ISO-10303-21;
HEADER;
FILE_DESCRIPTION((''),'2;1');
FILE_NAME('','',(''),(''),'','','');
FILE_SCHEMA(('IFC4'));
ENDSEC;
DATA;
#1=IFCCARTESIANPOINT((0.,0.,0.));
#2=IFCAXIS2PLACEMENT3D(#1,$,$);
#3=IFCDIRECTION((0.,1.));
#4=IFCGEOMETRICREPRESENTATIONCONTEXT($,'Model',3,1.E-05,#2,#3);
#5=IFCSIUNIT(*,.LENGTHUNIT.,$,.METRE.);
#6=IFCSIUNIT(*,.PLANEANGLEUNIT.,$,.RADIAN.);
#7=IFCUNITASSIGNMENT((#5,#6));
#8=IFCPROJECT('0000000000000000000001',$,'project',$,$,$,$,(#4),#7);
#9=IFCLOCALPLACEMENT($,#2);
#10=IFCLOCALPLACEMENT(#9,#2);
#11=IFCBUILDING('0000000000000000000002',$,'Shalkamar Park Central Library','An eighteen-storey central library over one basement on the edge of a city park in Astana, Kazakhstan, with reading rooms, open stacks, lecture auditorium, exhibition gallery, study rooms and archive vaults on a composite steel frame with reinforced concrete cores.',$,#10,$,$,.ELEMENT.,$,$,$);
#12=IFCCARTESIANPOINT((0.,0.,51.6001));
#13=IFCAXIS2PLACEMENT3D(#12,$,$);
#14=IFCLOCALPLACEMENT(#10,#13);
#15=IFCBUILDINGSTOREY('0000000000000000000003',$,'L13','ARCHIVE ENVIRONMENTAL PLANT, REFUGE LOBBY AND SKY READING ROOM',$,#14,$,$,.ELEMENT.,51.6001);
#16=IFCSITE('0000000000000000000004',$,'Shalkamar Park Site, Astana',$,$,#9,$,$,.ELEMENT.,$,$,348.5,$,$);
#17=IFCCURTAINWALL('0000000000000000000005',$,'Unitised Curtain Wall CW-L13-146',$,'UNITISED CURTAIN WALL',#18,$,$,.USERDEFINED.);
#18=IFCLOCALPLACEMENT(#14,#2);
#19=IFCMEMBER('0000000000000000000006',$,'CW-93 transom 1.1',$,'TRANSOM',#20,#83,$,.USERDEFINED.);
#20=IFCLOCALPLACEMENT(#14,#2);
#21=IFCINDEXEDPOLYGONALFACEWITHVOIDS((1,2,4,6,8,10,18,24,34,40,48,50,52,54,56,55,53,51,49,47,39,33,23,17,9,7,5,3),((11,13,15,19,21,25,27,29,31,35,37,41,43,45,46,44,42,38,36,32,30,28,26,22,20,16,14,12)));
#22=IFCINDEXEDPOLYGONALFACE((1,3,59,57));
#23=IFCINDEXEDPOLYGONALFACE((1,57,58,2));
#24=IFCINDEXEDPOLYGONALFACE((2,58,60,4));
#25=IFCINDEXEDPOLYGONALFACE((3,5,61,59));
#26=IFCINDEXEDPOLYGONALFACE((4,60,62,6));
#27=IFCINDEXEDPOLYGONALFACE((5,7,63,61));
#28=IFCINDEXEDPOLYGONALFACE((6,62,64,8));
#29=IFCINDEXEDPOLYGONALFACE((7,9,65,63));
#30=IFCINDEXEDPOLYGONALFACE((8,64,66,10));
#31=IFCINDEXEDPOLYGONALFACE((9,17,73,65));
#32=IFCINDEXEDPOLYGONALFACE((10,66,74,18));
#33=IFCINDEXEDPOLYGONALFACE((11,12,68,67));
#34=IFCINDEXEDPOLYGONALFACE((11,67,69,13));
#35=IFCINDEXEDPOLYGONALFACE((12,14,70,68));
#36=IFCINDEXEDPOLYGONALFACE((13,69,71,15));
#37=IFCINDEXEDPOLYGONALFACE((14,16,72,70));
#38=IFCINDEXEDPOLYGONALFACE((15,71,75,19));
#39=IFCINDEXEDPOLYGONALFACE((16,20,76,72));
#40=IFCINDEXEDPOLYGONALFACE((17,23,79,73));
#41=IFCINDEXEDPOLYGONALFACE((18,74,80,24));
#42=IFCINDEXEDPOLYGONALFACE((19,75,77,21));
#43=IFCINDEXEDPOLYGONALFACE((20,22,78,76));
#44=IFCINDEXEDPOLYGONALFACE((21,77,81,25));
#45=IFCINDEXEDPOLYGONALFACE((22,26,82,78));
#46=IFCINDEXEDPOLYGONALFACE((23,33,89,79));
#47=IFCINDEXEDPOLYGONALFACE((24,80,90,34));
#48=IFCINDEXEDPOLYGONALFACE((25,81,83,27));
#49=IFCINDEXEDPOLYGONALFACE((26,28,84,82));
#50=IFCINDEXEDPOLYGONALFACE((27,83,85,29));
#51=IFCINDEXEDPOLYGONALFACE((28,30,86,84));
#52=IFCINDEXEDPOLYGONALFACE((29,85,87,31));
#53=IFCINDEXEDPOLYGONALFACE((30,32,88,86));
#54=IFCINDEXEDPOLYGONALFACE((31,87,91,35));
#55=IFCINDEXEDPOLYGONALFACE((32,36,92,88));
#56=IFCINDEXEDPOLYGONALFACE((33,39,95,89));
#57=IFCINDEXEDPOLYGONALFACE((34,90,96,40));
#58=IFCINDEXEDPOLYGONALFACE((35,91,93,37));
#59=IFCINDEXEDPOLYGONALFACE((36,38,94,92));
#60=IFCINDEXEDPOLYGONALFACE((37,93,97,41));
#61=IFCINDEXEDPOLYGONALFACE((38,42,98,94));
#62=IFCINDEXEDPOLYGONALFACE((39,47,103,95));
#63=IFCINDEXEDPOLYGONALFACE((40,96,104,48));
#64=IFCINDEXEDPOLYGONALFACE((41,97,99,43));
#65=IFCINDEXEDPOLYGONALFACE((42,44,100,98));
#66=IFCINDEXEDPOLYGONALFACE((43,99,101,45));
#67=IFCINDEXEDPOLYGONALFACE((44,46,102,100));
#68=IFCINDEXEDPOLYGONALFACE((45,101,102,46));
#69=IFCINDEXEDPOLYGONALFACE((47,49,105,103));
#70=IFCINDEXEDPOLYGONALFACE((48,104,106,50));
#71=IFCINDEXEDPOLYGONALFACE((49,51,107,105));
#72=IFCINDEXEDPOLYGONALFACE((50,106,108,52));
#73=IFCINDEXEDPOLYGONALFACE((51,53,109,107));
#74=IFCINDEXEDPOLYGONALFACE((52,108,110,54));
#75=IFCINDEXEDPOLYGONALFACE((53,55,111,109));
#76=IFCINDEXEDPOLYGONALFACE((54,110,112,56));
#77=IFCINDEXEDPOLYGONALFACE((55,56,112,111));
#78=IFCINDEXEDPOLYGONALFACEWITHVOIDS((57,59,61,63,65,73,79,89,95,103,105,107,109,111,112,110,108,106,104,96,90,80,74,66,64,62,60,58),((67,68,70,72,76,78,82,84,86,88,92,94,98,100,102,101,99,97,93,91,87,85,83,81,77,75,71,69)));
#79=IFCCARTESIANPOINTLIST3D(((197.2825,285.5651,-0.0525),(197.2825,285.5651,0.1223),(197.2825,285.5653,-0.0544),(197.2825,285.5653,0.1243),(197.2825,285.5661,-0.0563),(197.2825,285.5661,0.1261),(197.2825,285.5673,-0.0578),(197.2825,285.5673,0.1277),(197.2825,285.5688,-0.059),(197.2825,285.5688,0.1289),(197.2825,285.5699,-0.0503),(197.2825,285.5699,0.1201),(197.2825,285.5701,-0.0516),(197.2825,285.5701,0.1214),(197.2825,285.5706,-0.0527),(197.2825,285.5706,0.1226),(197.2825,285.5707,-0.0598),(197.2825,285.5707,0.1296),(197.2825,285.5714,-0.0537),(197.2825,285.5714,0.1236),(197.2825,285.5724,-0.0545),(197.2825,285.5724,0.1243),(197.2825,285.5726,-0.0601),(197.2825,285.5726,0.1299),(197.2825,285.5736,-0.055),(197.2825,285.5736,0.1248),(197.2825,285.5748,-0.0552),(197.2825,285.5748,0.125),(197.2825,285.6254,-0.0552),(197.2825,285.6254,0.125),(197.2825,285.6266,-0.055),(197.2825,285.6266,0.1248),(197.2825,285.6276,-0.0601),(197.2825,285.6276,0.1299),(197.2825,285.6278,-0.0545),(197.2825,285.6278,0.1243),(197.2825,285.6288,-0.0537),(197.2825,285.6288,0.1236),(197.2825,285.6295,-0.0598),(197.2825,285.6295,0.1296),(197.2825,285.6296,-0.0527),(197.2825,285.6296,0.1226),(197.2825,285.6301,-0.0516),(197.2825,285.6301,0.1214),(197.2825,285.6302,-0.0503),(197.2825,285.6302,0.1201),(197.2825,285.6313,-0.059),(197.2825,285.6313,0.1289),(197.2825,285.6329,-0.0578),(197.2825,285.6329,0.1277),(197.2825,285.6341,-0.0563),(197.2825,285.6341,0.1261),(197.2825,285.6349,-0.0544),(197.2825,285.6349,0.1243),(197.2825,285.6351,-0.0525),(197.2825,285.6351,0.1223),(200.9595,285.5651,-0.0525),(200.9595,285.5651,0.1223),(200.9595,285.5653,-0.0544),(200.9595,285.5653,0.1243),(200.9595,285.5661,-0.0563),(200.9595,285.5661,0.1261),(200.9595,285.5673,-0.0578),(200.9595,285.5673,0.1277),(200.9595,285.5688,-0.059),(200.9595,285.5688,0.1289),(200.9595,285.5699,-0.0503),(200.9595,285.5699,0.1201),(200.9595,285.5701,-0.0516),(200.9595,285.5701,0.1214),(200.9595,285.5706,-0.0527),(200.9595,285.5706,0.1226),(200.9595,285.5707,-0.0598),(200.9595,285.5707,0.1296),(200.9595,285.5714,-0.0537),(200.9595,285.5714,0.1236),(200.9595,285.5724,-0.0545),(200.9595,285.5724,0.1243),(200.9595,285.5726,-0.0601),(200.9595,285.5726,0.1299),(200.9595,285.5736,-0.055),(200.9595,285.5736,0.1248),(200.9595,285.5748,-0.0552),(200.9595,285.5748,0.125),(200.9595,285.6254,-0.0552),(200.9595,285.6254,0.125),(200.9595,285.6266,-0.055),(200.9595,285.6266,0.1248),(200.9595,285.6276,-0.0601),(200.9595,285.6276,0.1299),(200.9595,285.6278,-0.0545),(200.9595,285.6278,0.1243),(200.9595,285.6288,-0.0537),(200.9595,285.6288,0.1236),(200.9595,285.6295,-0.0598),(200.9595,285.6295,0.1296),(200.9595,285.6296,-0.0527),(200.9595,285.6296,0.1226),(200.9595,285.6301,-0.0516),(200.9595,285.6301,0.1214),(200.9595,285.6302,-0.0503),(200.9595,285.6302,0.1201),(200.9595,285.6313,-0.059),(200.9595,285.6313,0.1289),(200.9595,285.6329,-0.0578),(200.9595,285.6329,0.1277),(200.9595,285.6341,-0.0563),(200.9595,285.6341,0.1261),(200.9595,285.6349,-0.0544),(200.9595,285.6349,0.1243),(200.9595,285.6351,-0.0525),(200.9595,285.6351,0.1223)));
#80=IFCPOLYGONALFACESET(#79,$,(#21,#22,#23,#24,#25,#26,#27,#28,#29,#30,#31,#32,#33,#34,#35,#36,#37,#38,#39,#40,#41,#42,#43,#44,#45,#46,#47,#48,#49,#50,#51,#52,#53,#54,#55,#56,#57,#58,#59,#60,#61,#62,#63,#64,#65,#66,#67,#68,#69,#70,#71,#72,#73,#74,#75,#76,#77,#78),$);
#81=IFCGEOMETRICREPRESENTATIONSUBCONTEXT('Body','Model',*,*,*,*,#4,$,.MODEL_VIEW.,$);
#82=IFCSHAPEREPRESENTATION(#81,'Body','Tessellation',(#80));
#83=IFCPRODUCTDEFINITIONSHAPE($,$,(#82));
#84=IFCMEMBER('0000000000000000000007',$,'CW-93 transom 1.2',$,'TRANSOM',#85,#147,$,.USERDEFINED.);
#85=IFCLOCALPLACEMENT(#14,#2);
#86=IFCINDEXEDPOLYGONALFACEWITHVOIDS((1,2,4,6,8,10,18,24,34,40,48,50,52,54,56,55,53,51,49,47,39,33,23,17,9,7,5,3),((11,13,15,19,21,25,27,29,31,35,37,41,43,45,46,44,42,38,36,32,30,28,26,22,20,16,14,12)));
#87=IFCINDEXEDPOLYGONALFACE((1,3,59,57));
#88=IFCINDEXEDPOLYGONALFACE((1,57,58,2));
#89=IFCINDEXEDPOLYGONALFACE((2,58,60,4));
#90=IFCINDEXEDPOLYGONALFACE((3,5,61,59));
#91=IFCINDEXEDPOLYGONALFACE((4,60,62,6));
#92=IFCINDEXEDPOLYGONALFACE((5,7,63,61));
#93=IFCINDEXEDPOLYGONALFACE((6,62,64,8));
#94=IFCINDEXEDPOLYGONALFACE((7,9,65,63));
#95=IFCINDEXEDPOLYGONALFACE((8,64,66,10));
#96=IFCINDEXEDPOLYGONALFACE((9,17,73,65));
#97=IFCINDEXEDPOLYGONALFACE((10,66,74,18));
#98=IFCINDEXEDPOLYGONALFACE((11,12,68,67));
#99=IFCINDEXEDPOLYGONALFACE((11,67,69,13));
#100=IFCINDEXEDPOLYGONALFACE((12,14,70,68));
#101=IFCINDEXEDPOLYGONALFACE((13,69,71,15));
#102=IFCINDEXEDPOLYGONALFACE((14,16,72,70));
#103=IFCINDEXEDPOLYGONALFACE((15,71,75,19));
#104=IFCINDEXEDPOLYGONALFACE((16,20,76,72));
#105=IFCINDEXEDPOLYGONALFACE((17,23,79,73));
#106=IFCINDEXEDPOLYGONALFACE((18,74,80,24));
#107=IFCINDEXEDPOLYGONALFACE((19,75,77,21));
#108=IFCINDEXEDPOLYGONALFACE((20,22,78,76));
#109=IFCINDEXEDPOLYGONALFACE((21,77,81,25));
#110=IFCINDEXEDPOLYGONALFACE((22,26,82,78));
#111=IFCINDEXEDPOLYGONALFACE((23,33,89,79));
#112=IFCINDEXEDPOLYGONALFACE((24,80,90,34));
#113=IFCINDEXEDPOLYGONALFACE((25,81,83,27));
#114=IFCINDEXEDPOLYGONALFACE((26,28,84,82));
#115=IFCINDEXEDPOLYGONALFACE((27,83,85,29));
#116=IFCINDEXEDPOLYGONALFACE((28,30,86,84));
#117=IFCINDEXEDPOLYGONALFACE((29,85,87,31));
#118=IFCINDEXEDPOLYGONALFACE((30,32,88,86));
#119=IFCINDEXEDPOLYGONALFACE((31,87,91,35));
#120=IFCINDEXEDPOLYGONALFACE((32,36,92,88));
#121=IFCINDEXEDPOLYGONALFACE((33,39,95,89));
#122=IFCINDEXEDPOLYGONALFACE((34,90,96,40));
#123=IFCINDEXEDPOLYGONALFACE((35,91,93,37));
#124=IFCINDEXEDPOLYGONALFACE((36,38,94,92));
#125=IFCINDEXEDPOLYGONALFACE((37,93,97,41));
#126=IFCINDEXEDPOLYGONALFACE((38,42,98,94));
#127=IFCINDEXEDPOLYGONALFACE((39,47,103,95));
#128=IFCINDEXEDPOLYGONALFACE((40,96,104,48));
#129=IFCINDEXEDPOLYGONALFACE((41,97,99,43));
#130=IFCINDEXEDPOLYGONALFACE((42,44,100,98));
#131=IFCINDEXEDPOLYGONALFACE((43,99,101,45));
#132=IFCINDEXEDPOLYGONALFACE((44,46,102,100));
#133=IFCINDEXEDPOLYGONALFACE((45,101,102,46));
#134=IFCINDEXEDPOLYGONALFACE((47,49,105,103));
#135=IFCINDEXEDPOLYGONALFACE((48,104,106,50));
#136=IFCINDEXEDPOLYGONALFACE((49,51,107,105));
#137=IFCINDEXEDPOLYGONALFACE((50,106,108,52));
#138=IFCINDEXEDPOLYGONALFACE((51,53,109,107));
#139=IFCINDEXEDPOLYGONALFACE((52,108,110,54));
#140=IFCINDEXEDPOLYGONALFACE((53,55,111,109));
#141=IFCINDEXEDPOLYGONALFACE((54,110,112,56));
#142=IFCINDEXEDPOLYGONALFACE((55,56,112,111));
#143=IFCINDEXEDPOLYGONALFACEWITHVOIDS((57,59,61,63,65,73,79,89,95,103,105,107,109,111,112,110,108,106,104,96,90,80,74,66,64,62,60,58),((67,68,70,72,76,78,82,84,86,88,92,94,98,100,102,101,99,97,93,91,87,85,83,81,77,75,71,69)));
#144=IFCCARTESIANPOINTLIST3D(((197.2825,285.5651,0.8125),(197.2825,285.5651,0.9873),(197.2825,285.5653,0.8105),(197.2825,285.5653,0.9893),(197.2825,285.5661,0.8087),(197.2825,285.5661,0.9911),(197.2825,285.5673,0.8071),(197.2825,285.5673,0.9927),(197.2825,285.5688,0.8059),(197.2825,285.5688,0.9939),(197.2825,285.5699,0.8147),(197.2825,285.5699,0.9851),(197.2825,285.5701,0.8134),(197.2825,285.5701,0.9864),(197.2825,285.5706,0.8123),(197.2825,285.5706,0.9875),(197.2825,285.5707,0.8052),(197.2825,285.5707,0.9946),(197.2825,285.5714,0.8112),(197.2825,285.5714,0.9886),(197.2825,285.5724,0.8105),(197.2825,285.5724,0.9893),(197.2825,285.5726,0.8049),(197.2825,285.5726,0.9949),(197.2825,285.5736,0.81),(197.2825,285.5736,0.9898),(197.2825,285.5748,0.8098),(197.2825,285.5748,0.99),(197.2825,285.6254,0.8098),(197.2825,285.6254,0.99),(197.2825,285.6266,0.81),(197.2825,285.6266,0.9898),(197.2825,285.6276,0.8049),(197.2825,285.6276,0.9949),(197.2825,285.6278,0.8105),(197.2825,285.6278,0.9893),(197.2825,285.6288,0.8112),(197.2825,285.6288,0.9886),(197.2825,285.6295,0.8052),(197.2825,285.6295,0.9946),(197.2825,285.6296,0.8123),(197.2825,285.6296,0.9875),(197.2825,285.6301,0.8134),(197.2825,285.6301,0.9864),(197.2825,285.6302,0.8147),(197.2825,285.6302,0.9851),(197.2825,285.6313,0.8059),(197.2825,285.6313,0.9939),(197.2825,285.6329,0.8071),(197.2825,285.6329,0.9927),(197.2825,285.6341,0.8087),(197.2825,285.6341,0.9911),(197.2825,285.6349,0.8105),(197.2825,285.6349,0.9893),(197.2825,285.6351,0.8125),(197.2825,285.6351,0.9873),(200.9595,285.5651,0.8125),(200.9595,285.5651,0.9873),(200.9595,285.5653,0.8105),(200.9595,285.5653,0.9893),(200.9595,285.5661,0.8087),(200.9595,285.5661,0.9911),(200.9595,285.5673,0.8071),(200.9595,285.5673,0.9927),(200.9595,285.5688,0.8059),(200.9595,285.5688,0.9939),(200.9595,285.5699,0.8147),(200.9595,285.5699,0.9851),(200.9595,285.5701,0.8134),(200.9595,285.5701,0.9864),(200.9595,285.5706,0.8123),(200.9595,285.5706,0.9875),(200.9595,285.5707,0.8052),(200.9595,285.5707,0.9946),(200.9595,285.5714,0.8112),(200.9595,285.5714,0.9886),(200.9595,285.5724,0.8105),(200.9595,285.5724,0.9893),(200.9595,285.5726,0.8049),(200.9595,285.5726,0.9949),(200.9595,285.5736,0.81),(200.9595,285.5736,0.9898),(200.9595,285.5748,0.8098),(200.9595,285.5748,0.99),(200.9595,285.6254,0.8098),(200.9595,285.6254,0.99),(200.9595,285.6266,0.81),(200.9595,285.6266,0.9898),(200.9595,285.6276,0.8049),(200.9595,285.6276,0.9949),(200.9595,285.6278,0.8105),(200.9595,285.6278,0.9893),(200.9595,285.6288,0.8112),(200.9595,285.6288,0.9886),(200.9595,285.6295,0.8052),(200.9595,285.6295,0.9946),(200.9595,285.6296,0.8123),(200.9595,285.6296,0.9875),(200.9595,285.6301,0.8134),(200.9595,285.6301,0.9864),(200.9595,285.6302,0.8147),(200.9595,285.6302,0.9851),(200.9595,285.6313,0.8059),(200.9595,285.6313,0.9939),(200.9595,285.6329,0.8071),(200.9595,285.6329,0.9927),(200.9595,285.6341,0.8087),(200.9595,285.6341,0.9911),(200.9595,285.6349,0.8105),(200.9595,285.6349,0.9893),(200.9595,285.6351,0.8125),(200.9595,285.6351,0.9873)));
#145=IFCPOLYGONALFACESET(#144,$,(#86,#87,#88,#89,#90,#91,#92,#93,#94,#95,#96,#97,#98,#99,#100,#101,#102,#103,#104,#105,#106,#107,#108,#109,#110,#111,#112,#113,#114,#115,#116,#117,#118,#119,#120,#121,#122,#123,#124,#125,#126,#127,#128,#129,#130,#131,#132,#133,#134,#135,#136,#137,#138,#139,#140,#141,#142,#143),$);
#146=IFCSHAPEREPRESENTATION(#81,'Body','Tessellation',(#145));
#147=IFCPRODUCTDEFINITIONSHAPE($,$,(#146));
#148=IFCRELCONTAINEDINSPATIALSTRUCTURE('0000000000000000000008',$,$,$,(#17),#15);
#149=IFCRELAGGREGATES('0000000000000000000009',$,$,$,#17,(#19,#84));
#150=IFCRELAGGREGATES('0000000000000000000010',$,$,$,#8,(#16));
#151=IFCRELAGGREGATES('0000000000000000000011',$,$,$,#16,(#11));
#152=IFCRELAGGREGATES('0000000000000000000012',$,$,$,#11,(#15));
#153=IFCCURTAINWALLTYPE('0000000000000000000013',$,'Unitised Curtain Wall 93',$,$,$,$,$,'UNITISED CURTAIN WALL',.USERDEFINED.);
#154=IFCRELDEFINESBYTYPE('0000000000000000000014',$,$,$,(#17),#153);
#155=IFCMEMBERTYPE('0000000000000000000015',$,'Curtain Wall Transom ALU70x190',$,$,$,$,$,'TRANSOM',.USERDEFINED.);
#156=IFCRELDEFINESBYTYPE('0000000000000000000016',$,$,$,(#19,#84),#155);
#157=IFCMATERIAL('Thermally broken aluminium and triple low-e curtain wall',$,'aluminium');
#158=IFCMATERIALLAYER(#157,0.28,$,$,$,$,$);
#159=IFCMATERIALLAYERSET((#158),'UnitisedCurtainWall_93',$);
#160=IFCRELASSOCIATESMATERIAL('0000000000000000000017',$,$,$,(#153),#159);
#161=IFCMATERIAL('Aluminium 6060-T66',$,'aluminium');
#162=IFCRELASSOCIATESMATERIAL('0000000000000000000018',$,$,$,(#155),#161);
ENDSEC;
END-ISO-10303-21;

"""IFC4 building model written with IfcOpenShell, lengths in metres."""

from ifc_helpers import new_model, si_unit, direction, frame, origin, origin_2d, place, context, subcontext, project, spatial, hollow_rectangle, extrude, material, layer, layer_set, material_profile, profile_set, type_object, element, aggregate, save


model = new_model("IFC4")

# Units and contexts
model_context = context("Model", 3, precision=1e-05, world=origin(), true_north=direction((0.0, 1.0)))
body_context = subcontext(model_context, "Body", "Model", "MODEL_VIEW")
ifc_project = project(units=[si_unit("LENGTHUNIT", "METRE"), si_unit("PLANEANGLEUNIT", "RADIAN")], contexts=[model_context])

# Site, building, storey
site_placement = place(None, origin())
site = spatial("IfcSite", under=ifc_project, at=site_placement, Name="Shalkamar Park Site, Astana", CompositionType="ELEMENT", RefElevation=348.5)
building_placement = place(site_placement, origin())
building = spatial("IfcBuilding", under=site, at=building_placement, Name="Shalkamar Park Central Library", Description="An eighteen-storey central library over one basement on the edge of a city park in Astana, Kazakhstan, with reading rooms, open stacks, lecture auditorium, exhibition gallery, study rooms and archive vaults on a composite steel frame with reinforced concrete cores.", CompositionType="ELEMENT")
storey_placement = place(building_placement, frame((0.0, 0.0, 51.6001)))
storey = spatial("IfcBuildingStorey", under=building, at=storey_placement, Name="L13", Description="ARCHIVE ENVIRONMENTAL PLANT, REFUGE LOBBY AND SKY READING ROOM", CompositionType="ELEMENT", Elevation=51.6001)

# Shared definitions
ifc_material_1 = material(Name="Thermally broken aluminium and triple low-e curtain wall", Category="aluminium")
ifc_material_2 = material(Name="Aluminium 6060-T66", Category="aluminium")

# Curtain wall
ifc_layer_1 = layer(ifc_material_1, 0.28)
ifc_layer_set_1 = layer_set([ifc_layer_1], Name="UnitisedCurtainWall_93")
curtain_wall_type_1 = type_object("IfcCurtainWallType", Name="Unitised Curtain Wall 93", ElementType="UNITISED CURTAIN WALL", PredefinedType="USERDEFINED", material=ifc_layer_set_1)
curtain_wall_1_placement = place(storey_placement, origin())
curtain_wall_1 = element("IfcCurtainWall", 1, at=curtain_wall_1_placement, inside=storey, type_object=curtain_wall_type_1, Name="Unitised Curtain Wall CW-L13-146", ObjectType="UNITISED CURTAIN WALL", PredefinedType="USERDEFINED")

# Members
ifc_material_profile_1 = material_profile(ifc_material_2, hollow_rectangle(XDim=0.0701, YDim=0.1899, WallThickness=0.0049, InnerFilletRadius=0.0049, OuterFilletRadius=0.0076, at=origin_2d()), Name="ALU 70x190x5")
ifc_profile_set_1 = profile_set([ifc_material_profile_1], Name="Aluminium 6060-T66")
member_type_1 = type_object("IfcMemberType", Name="Curtain Wall Transom ALU70x190", ElementType="TRANSOM", PredefinedType="USERDEFINED", material=ifc_profile_set_1)
member_1_placement = place(storey_placement, frame((197.2825, 285.6001, 0.0349), z_axis=(1.0, 0.0, 0.0), x_axis=(0.0, 1.0, 0.0)))
member_1 = element("IfcMember", 2, at=member_1_placement, type_object=member_type_1, Name="CW-93 transom 1.1", ObjectType="TRANSOM", PredefinedType="USERDEFINED", context=body_context, shape_type="SweptSolid", body=[
    extrude(hollow_rectangle(XDim=0.0701, YDim=0.1899, WallThickness=0.0049, InnerFilletRadius=0.0049, OuterFilletRadius=0.0076, at=origin_2d()), origin(), (0.0, 0.0, 1.0), 3.677),
])
member_2_placement = place(storey_placement, frame((197.2825, 285.6001, 0.8999), z_axis=(1.0, 0.0, 0.0), x_axis=(0.0, 1.0, 0.0)))
member_2 = element("IfcMember", 3, at=member_2_placement, type_object=member_type_1, Name="CW-93 transom 1.2", ObjectType="TRANSOM", PredefinedType="USERDEFINED", context=body_context, shape_type="SweptSolid", body=[
    extrude(hollow_rectangle(XDim=0.0701, YDim=0.1899, WallThickness=0.0049, InnerFilletRadius=0.0049, OuterFilletRadius=0.0076, at=origin_2d()), origin(), (0.0, 0.0, 1.0), 3.677),
])

aggregate(curtain_wall_1, [member_1, member_2])

save(model, "model.ifc")
